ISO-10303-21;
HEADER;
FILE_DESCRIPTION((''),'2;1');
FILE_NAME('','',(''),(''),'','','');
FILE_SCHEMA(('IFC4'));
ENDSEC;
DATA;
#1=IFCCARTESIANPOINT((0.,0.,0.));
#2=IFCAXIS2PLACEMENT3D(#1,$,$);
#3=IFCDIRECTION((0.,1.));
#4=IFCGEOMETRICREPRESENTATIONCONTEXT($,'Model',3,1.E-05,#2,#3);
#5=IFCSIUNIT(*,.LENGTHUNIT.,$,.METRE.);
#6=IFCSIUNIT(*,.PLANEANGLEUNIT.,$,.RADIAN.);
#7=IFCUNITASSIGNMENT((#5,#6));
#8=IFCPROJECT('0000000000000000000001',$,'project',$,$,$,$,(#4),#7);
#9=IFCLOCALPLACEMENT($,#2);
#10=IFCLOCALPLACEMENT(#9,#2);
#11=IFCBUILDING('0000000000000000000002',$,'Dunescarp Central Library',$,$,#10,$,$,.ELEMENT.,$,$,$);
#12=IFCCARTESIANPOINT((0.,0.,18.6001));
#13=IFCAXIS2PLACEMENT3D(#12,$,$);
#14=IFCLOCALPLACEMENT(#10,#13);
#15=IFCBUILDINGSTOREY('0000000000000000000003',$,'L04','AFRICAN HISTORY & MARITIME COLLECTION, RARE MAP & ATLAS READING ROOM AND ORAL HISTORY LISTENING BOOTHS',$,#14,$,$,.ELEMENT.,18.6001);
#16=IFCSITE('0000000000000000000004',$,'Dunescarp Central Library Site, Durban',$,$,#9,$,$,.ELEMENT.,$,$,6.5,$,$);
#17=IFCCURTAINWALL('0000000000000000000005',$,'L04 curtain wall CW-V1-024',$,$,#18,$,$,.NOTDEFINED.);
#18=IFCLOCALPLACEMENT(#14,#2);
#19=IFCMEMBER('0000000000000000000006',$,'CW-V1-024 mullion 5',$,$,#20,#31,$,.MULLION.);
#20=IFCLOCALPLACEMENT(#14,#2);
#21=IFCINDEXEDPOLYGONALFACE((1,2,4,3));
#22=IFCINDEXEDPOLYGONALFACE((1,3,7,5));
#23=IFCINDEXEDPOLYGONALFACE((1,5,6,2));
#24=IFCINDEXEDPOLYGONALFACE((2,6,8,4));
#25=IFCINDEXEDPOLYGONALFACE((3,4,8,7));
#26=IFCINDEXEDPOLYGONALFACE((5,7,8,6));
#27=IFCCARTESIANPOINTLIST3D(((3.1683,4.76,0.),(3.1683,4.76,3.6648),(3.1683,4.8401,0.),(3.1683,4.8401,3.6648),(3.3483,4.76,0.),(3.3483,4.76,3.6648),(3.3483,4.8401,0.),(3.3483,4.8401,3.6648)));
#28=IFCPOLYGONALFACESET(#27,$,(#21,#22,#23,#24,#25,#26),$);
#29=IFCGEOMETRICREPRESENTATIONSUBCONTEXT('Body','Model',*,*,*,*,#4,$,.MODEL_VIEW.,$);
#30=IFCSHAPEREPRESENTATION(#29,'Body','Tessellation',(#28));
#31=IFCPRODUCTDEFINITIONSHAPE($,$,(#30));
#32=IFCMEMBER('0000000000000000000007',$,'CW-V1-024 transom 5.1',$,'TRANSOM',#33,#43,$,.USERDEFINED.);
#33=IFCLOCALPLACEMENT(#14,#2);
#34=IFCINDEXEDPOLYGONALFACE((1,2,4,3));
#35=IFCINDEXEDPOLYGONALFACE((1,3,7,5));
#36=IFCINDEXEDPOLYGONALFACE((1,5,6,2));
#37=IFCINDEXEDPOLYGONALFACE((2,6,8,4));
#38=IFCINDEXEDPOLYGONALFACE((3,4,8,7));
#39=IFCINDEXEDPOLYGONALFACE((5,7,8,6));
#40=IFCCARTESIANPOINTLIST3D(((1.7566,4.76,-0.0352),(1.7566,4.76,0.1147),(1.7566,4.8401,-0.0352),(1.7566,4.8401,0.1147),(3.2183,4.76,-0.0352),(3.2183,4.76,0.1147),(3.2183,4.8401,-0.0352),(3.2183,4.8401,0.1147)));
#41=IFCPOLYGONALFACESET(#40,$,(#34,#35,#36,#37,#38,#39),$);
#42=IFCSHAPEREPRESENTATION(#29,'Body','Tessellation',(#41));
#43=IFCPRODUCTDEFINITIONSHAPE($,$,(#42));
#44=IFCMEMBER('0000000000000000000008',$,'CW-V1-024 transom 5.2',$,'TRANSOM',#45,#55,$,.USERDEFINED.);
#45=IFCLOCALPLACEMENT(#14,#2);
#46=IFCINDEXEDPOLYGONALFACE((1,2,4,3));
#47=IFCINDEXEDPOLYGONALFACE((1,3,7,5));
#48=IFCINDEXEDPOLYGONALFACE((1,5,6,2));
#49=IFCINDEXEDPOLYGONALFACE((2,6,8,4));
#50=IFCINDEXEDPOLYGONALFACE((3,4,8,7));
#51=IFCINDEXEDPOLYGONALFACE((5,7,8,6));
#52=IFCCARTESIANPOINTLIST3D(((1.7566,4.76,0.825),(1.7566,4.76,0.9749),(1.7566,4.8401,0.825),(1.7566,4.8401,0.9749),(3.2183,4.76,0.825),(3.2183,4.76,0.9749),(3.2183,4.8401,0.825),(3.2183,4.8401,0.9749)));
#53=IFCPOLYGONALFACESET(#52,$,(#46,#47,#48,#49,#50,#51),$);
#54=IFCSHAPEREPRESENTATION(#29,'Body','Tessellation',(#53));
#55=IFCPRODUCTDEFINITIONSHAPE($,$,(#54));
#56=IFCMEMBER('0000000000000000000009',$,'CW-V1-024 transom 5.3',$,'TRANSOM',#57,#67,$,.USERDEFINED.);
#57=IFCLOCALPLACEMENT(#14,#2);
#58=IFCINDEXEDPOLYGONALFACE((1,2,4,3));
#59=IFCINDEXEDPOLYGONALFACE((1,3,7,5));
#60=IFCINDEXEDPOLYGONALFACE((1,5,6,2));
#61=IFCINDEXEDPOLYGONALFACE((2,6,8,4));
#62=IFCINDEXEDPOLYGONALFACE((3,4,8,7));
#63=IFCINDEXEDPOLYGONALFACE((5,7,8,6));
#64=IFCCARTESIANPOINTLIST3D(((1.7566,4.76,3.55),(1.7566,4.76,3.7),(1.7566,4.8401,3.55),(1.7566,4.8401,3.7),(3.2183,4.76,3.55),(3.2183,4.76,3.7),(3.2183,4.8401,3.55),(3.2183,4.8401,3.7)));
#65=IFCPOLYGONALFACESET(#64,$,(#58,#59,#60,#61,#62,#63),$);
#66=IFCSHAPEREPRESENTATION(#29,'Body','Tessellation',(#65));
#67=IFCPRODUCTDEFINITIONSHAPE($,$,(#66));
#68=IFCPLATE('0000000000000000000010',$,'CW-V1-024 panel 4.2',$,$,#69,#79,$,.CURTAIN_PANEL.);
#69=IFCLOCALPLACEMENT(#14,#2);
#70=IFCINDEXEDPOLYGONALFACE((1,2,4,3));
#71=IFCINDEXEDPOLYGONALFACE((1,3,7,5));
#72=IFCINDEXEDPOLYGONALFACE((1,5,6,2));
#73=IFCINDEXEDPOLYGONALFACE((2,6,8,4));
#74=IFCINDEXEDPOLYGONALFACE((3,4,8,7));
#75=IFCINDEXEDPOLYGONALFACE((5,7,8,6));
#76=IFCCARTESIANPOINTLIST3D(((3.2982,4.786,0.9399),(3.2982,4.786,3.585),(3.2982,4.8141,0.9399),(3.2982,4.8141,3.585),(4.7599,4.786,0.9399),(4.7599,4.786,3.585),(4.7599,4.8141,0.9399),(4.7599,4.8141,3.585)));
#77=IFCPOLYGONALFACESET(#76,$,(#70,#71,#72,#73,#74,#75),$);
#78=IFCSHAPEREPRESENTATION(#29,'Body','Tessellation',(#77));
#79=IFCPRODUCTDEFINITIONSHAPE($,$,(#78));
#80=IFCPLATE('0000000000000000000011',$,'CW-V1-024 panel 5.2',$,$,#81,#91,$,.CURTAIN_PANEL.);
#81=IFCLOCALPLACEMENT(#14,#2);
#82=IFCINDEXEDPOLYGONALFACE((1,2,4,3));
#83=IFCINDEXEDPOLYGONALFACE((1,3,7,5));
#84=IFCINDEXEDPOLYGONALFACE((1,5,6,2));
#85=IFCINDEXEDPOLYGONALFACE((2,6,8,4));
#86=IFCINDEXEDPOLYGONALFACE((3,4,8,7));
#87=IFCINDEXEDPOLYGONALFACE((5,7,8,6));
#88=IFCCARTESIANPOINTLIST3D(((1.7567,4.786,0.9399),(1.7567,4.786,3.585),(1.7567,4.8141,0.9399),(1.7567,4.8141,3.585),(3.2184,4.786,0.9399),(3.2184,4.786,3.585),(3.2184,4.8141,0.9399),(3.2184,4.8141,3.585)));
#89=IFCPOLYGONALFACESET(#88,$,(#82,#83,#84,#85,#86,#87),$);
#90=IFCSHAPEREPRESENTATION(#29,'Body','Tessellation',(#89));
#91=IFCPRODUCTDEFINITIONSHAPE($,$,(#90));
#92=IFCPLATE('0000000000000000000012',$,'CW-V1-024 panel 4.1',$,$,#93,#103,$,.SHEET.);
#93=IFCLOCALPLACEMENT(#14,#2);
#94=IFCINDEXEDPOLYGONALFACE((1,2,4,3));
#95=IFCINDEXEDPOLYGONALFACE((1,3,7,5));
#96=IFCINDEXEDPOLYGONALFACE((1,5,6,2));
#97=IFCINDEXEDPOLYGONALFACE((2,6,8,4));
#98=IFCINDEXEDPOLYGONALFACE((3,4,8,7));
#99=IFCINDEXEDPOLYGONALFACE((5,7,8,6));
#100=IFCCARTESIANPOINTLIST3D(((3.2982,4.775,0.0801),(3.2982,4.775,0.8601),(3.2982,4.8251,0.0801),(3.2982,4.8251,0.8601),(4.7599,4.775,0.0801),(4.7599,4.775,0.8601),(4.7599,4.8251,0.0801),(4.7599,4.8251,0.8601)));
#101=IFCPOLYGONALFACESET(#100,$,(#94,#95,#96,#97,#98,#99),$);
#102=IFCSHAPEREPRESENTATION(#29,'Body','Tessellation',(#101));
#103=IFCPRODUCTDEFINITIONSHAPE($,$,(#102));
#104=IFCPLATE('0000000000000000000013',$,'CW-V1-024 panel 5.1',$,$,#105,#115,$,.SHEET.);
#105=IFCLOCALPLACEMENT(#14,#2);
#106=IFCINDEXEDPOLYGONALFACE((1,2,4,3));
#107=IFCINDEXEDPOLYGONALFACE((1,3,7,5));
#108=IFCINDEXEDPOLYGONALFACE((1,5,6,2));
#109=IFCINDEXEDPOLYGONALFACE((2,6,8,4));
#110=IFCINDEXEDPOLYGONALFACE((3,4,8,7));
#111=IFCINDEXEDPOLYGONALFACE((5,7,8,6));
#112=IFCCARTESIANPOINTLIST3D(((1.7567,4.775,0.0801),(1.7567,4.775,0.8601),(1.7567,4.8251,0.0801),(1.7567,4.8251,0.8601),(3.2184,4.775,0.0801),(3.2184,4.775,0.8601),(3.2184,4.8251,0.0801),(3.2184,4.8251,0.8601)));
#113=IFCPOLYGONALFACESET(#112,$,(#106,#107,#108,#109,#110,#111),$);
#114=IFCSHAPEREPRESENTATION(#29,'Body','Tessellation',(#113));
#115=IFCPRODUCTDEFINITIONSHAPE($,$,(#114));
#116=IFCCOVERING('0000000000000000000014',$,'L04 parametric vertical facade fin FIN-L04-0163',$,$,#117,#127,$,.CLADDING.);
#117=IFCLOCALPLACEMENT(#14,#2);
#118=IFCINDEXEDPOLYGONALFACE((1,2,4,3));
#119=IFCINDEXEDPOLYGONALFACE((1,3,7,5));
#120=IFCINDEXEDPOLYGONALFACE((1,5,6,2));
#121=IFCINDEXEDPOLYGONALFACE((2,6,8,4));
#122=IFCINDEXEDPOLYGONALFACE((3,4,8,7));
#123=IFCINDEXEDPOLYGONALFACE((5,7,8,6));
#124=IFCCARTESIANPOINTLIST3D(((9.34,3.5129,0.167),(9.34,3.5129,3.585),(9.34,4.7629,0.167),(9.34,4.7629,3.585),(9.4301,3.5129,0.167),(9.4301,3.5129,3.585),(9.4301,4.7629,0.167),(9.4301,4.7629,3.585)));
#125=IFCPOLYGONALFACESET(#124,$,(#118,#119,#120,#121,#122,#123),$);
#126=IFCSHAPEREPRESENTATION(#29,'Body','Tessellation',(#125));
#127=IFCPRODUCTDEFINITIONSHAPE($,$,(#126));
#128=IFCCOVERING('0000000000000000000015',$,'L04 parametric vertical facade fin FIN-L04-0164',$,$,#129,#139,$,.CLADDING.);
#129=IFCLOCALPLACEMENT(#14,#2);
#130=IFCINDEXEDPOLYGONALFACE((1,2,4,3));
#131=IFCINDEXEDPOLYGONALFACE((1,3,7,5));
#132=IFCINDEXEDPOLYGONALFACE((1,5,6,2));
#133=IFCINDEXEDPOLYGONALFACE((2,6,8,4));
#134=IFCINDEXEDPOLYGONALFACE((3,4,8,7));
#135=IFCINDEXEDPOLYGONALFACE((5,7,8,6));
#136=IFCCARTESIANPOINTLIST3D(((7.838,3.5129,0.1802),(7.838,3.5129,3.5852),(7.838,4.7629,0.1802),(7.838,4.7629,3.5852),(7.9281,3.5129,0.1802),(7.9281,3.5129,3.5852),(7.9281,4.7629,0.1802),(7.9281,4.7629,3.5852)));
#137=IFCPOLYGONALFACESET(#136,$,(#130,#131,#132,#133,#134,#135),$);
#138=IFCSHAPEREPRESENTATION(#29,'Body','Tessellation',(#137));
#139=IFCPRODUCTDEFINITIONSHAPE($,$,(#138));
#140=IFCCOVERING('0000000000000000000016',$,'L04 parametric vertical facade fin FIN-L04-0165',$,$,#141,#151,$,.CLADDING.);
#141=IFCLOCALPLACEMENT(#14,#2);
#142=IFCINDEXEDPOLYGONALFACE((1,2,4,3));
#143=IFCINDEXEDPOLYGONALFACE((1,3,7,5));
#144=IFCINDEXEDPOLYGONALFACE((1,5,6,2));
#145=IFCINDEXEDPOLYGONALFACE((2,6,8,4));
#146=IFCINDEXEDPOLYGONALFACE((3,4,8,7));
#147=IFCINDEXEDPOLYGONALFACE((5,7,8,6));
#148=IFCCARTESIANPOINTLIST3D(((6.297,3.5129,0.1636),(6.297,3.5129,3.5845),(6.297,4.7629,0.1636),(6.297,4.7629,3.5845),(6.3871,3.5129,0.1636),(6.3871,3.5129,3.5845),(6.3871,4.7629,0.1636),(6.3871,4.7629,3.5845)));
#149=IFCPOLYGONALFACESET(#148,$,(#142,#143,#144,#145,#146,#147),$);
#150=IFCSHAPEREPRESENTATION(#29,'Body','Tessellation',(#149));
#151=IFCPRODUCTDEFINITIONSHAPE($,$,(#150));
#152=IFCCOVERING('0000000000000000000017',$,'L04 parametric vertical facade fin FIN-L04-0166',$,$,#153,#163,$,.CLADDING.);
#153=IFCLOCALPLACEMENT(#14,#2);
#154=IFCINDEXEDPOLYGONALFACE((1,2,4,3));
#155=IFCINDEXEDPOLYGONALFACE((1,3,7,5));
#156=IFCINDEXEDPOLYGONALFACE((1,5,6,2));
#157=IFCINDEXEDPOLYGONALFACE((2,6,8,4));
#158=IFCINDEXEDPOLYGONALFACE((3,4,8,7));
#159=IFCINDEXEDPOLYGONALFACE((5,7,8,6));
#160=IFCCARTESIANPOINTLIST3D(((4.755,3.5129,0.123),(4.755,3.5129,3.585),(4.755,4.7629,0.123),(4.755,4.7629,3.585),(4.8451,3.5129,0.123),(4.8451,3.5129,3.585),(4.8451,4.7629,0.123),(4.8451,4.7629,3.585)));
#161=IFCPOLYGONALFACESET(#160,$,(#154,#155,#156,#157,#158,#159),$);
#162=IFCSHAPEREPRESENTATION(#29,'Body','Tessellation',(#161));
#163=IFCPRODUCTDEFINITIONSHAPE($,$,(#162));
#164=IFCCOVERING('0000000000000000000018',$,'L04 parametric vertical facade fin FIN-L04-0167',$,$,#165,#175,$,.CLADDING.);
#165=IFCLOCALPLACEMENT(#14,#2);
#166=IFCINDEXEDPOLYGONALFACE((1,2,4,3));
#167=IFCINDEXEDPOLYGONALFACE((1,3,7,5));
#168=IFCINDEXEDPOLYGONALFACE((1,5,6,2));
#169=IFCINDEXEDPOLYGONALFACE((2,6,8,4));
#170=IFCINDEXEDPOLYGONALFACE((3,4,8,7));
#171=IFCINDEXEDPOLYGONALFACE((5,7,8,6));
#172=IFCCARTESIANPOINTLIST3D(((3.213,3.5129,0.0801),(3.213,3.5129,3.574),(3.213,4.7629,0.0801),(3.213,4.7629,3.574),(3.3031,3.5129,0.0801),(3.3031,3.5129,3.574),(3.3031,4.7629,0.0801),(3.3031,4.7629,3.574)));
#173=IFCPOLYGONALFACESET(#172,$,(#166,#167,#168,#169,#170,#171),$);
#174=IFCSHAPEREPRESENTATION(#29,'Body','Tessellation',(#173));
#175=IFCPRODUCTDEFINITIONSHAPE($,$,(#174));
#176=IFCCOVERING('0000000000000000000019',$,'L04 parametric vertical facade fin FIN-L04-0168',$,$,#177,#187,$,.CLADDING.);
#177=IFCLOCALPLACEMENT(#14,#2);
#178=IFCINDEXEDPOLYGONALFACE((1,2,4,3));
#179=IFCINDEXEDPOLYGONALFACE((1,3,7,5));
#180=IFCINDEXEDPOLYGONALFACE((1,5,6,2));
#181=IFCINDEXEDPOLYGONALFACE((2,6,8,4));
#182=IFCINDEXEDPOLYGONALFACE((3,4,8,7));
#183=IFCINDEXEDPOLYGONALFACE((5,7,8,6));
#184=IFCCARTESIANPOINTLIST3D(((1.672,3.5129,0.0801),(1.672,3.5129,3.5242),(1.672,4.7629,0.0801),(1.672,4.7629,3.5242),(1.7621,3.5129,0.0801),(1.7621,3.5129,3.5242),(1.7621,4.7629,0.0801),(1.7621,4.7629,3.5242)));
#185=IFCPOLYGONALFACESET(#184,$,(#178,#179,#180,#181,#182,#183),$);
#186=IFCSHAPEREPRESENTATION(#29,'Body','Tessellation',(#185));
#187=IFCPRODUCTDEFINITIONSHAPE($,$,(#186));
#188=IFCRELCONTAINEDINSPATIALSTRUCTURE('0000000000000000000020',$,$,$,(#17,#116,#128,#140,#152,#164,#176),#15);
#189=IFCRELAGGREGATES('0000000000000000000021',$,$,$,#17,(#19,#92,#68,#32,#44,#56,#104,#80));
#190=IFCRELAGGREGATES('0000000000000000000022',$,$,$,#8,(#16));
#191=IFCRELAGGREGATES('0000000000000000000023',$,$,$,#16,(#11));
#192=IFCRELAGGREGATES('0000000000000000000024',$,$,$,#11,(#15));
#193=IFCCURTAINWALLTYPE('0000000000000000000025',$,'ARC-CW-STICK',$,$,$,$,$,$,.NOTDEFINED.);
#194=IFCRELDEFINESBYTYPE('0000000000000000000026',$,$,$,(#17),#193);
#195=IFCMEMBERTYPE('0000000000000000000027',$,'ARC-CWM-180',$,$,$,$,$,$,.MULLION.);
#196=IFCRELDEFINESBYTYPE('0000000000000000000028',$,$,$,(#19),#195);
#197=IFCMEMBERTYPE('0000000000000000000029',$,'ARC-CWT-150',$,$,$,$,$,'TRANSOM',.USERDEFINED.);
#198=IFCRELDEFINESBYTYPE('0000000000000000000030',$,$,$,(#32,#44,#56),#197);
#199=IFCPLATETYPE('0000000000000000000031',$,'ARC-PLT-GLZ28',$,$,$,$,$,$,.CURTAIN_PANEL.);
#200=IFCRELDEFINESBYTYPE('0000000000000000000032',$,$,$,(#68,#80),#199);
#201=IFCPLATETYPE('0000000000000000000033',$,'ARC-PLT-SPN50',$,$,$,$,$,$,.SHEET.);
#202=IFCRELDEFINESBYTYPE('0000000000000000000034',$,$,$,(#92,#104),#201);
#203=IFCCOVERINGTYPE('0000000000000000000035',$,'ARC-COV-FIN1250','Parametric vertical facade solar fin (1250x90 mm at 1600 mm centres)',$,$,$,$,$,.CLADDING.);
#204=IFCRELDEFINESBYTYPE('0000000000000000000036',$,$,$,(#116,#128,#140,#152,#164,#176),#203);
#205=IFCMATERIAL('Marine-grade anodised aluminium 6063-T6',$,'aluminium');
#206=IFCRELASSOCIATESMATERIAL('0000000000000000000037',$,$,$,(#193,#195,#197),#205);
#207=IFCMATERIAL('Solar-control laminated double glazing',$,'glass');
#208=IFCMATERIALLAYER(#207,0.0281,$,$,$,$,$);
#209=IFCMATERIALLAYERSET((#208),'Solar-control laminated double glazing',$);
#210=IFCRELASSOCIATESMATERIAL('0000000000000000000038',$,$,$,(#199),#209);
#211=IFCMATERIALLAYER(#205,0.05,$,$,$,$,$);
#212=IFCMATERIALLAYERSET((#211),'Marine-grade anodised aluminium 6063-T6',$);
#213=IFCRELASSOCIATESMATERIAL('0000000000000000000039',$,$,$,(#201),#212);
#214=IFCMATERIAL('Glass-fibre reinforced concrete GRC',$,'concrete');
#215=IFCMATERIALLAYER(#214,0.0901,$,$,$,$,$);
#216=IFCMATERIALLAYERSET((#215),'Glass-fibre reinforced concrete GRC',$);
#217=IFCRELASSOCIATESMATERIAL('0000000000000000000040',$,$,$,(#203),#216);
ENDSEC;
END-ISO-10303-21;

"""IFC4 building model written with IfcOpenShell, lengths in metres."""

from ifc_helpers import new_model, si_unit, direction, frame, origin, origin_2d, place, context, subcontext, project, spatial, rectangle, extrude, material, layer, layer_set, material_profile, profile_set, type_object, element, aggregate, save


model = new_model("IFC4")

# Units and contexts
model_context = context("Model", 3, precision=1e-05, world=origin(), true_north=direction((0.0, 1.0)))
body_context = subcontext(model_context, "Body", "Model", "MODEL_VIEW")
ifc_project = project(units=[si_unit("LENGTHUNIT", "METRE"), si_unit("PLANEANGLEUNIT", "RADIAN")], contexts=[model_context])

# Site, building, storey
site_placement = place(None, origin())
site = spatial("IfcSite", under=ifc_project, at=site_placement, Name="Dunescarp Central Library Site, Durban", CompositionType="ELEMENT", RefElevation=6.5)
building_placement = place(site_placement, origin())
building = spatial("IfcBuilding", under=site, at=building_placement, Name="Dunescarp Central Library", CompositionType="ELEMENT")
storey_placement = place(building_placement, frame((0.0, 0.0, 18.6001)))
storey = spatial("IfcBuildingStorey", under=building, at=storey_placement, Name="L04", Description="AFRICAN HISTORY & MARITIME COLLECTION, RARE MAP & ATLAS READING ROOM AND ORAL HISTORY LISTENING BOOTHS", CompositionType="ELEMENT", Elevation=18.6001)

# Curtain wall, members, plates
ifc_material_1 = material(Name="Marine-grade anodised aluminium 6063-T6", Category="aluminium")
curtain_wall_type = type_object("IfcCurtainWallType", Name="ARC-CW-STICK", PredefinedType="NOTDEFINED", material=ifc_material_1)
curtain_wall_placement = place(storey_placement, origin())
curtain_wall = element("IfcCurtainWall", 1, at=curtain_wall_placement, inside=storey, type_object=curtain_wall_type, Name="L04 curtain wall CW-V1-024", PredefinedType="NOTDEFINED")
ifc_material_profile_1 = material_profile(ifc_material_1, rectangle(XDim=0.0801, YDim=0.1799, at=origin_2d()), Name="AL 80x180")
ifc_profile_set_1 = profile_set([ifc_material_profile_1], Name="Marine-grade anodised aluminium 6063-T6")
member_type_1 = type_object("IfcMemberType", Name="ARC-CWM-180", PredefinedType="MULLION", material=ifc_profile_set_1)
member_1_placement = place(storey_placement, frame((3.2583, 4.8, 0.0), z_axis=(0.0, 0.0, 1.0), x_axis=(0.0, -1.0, 0.0)))
member_1 = element("IfcMember", 2, at=member_1_placement, type_object=member_type_1, Name="CW-V1-024 mullion 5", PredefinedType="MULLION", context=body_context, shape_type="SweptSolid", body=[
    extrude(rectangle(XDim=0.0801, YDim=0.1799, at=origin_2d()), origin(), (0.0, 0.0, 1.0), 3.6648),
])
ifc_material_profile_2 = material_profile(ifc_material_1, rectangle(XDim=0.0801, YDim=0.1499, at=origin_2d()), Name="AL 80x150")
ifc_profile_set_2 = profile_set([ifc_material_profile_2], Name="Marine-grade anodised aluminium 6063-T6")
member_type_2 = type_object("IfcMemberType", Name="ARC-CWT-150", ElementType="TRANSOM", PredefinedType="USERDEFINED", material=ifc_profile_set_2)
member_2_placement = place(storey_placement, frame((3.2183, 4.8, 0.0398), z_axis=(-1.0, 0.0, 0.0), x_axis=(0.0, -1.0, 0.0)))
member_2 = element("IfcMember", 3, at=member_2_placement, type_object=member_type_2, Name="CW-V1-024 transom 5.1", ObjectType="TRANSOM", PredefinedType="USERDEFINED", context=body_context, shape_type="SweptSolid", body=[
    extrude(rectangle(XDim=0.0801, YDim=0.1499, at=origin_2d()), origin(), (0.0, 0.0, 1.0), 1.4617),
])
member_3_placement = place(storey_placement, frame((3.2183, 4.8, 0.8999), z_axis=(-1.0, 0.0, 0.0), x_axis=(0.0, -1.0, 0.0)))
member_3 = element("IfcMember", 4, at=member_3_placement, type_object=member_type_2, Name="CW-V1-024 transom 5.2", ObjectType="TRANSOM", PredefinedType="USERDEFINED", context=body_context, shape_type="SweptSolid", body=[
    extrude(rectangle(XDim=0.0801, YDim=0.1499, at=origin_2d()), origin(), (0.0, 0.0, 1.0), 1.4617),
])
member_4_placement = place(storey_placement, frame((3.2183, 4.8, 3.625), z_axis=(-1.0, 0.0, 0.0), x_axis=(0.0, -1.0, 0.0)))
member_4 = element("IfcMember", 5, at=member_4_placement, type_object=member_type_2, Name="CW-V1-024 transom 5.3", ObjectType="TRANSOM", PredefinedType="USERDEFINED", context=body_context, shape_type="SweptSolid", body=[
    extrude(rectangle(XDim=0.0801, YDim=0.1499, at=origin_2d()), origin(), (0.0, 0.0, 1.0), 1.4617),
])
ifc_material_2 = material(Name="Solar-control laminated double glazing", Category="glass")
ifc_layer_1 = layer(ifc_material_2, 0.0281)
ifc_layer_set_1 = layer_set([ifc_layer_1], Name="Solar-control laminated double glazing")
plate_type_1 = type_object("IfcPlateType", Name="ARC-PLT-GLZ28", PredefinedType="CURTAIN_PANEL", material=ifc_layer_set_1)
plate_1_placement = place(storey_placement, frame((4.0291, 4.8, 0.9399), z_axis=(0.0, 0.0, 1.0), x_axis=(-1.0, 0.0, 0.0)))
plate_1 = element("IfcPlate", 6, at=plate_1_placement, type_object=plate_type_1, Name="CW-V1-024 panel 4.2", PredefinedType="CURTAIN_PANEL", context=body_context, shape_type="SweptSolid", body=[
    extrude(rectangle(XDim=1.4617, YDim=0.0281, at=origin_2d()), origin(), (0.0, 0.0, 1.0), 2.645),
])
plate_2_placement = place(storey_placement, frame((2.4875, 4.8, 0.9399), z_axis=(0.0, 0.0, 1.0), x_axis=(-1.0, 0.0, 0.0)))
plate_2 = element("IfcPlate", 7, at=plate_2_placement, type_object=plate_type_1, Name="CW-V1-024 panel 5.2", PredefinedType="CURTAIN_PANEL", context=body_context, shape_type="SweptSolid", body=[
    extrude(rectangle(XDim=1.4617, YDim=0.0281, at=origin_2d()), origin(), (0.0, 0.0, 1.0), 2.645),
])
ifc_layer_2 = layer(ifc_material_1, 0.05)
ifc_layer_set_2 = layer_set([ifc_layer_2], Name="Marine-grade anodised aluminium 6063-T6")
plate_type_2 = type_object("IfcPlateType", Name="ARC-PLT-SPN50", PredefinedType="SHEET", material=ifc_layer_set_2)
plate_3_placement = place(storey_placement, frame((4.0291, 4.8, 0.0801), z_axis=(0.0, 0.0, 1.0), x_axis=(-1.0, 0.0, 0.0)))
plate_3 = element("IfcPlate", 8, at=plate_3_placement, type_object=plate_type_2, Name="CW-V1-024 panel 4.1", PredefinedType="SHEET", context=body_context, shape_type="SweptSolid", body=[
    extrude(rectangle(XDim=1.4617, YDim=0.05, at=origin_2d()), origin(), (0.0, 0.0, 1.0), 0.78),
])
plate_4_placement = place(storey_placement, frame((2.4875, 4.8, 0.0801), z_axis=(0.0, 0.0, 1.0), x_axis=(-1.0, 0.0, 0.0)))
plate_4 = element("IfcPlate", 9, at=plate_4_placement, type_object=plate_type_2, Name="CW-V1-024 panel 5.1", PredefinedType="SHEET", context=body_context, shape_type="SweptSolid", body=[
    extrude(rectangle(XDim=1.4617, YDim=0.05, at=origin_2d()), origin(), (0.0, 0.0, 1.0), 0.78),
])
aggregate(curtain_wall, [member_1, plate_3, plate_1, member_2, member_3, member_4, plate_4, plate_2])

# Coverings
ifc_material_3 = material(Name="Glass-fibre reinforced concrete GRC", Category="concrete")
ifc_layer_3 = layer(ifc_material_3, 0.0901)
ifc_layer_set_3 = layer_set([ifc_layer_3], Name="Glass-fibre reinforced concrete GRC")
covering_type = type_object("IfcCoveringType", Name="ARC-COV-FIN1250", Description="Parametric vertical facade solar fin (1250x90 mm at 1600 mm centres)", PredefinedType="CLADDING", material=ifc_layer_set_3)
covering_1_placement = place(storey_placement, frame((9.385, 4.1379, 0.167), z_axis=(0.0, 0.0, 1.0), x_axis=(0.0, -1.0, 0.0)))
element("IfcCovering", 10, at=covering_1_placement, inside=storey, type_object=covering_type, Name="L04 parametric vertical facade fin FIN-L04-0163", PredefinedType="CLADDING", context=body_context, shape_type="SweptSolid", body=[
    extrude(rectangle(XDim=1.25, YDim=0.0901, at=origin_2d()), origin(), (0.0, 0.0, 1.0), 3.418),
])
covering_2_placement = place(storey_placement, frame((7.8831, 4.1379, 0.1802), z_axis=(0.0, 0.0, 1.0), x_axis=(0.0, -1.0, 0.0)))
element("IfcCovering", 11, at=covering_2_placement, inside=storey, type_object=covering_type, Name="L04 parametric vertical facade fin FIN-L04-0164", PredefinedType="CLADDING", context=body_context, shape_type="SweptSolid", body=[
    extrude(rectangle(XDim=1.25, YDim=0.0901, at=origin_2d()), origin(), (0.0, 0.0, 1.0), 3.405),
])
covering_3_placement = place(storey_placement, frame((6.342, 4.1379, 0.1636), z_axis=(0.0, 0.0, 1.0), x_axis=(0.0, -1.0, 0.0)))
element("IfcCovering", 12, at=covering_3_placement, inside=storey, type_object=covering_type, Name="L04 parametric vertical facade fin FIN-L04-0165", PredefinedType="CLADDING", context=body_context, shape_type="SweptSolid", body=[
    extrude(rectangle(XDim=1.25, YDim=0.0901, at=origin_2d()), origin(), (0.0, 0.0, 1.0), 3.4209),
])
covering_4_placement = place(storey_placement, frame((4.8, 4.1379, 0.123), z_axis=(0.0, 0.0, 1.0), x_axis=(0.0, -1.0, 0.0)))
element("IfcCovering", 13, at=covering_4_placement, inside=storey, type_object=covering_type, Name="L04 parametric vertical facade fin FIN-L04-0166", PredefinedType="CLADDING", context=body_context, shape_type="SweptSolid", body=[
    extrude(rectangle(XDim=1.25, YDim=0.0901, at=origin_2d()), origin(), (0.0, 0.0, 1.0), 3.4619),
])
covering_5_placement = place(storey_placement, frame((3.2581, 4.1379, 0.0801), z_axis=(0.0, 0.0, 1.0), x_axis=(0.0, -1.0, 0.0)))
element("IfcCovering", 14, at=covering_5_placement, inside=storey, type_object=covering_type, Name="L04 parametric vertical facade fin FIN-L04-0167", PredefinedType="CLADDING", context=body_context, shape_type="SweptSolid", body=[
    extrude(rectangle(XDim=1.25, YDim=0.0901, at=origin_2d()), origin(), (0.0, 0.0, 1.0), 3.4939),
])
covering_6_placement = place(storey_placement, frame((1.717, 4.1379, 0.0801), z_axis=(0.0, 0.0, 1.0), x_axis=(0.0, -1.0, 0.0)))
element("IfcCovering", 15, at=covering_6_placement, inside=storey, type_object=covering_type, Name="L04 parametric vertical facade fin FIN-L04-0168", PredefinedType="CLADDING", context=body_context, shape_type="SweptSolid", body=[
    extrude(rectangle(XDim=1.25, YDim=0.0901, at=origin_2d()), origin(), (0.0, 0.0, 1.0), 3.4441),
])

save(model, "model.ifc")
